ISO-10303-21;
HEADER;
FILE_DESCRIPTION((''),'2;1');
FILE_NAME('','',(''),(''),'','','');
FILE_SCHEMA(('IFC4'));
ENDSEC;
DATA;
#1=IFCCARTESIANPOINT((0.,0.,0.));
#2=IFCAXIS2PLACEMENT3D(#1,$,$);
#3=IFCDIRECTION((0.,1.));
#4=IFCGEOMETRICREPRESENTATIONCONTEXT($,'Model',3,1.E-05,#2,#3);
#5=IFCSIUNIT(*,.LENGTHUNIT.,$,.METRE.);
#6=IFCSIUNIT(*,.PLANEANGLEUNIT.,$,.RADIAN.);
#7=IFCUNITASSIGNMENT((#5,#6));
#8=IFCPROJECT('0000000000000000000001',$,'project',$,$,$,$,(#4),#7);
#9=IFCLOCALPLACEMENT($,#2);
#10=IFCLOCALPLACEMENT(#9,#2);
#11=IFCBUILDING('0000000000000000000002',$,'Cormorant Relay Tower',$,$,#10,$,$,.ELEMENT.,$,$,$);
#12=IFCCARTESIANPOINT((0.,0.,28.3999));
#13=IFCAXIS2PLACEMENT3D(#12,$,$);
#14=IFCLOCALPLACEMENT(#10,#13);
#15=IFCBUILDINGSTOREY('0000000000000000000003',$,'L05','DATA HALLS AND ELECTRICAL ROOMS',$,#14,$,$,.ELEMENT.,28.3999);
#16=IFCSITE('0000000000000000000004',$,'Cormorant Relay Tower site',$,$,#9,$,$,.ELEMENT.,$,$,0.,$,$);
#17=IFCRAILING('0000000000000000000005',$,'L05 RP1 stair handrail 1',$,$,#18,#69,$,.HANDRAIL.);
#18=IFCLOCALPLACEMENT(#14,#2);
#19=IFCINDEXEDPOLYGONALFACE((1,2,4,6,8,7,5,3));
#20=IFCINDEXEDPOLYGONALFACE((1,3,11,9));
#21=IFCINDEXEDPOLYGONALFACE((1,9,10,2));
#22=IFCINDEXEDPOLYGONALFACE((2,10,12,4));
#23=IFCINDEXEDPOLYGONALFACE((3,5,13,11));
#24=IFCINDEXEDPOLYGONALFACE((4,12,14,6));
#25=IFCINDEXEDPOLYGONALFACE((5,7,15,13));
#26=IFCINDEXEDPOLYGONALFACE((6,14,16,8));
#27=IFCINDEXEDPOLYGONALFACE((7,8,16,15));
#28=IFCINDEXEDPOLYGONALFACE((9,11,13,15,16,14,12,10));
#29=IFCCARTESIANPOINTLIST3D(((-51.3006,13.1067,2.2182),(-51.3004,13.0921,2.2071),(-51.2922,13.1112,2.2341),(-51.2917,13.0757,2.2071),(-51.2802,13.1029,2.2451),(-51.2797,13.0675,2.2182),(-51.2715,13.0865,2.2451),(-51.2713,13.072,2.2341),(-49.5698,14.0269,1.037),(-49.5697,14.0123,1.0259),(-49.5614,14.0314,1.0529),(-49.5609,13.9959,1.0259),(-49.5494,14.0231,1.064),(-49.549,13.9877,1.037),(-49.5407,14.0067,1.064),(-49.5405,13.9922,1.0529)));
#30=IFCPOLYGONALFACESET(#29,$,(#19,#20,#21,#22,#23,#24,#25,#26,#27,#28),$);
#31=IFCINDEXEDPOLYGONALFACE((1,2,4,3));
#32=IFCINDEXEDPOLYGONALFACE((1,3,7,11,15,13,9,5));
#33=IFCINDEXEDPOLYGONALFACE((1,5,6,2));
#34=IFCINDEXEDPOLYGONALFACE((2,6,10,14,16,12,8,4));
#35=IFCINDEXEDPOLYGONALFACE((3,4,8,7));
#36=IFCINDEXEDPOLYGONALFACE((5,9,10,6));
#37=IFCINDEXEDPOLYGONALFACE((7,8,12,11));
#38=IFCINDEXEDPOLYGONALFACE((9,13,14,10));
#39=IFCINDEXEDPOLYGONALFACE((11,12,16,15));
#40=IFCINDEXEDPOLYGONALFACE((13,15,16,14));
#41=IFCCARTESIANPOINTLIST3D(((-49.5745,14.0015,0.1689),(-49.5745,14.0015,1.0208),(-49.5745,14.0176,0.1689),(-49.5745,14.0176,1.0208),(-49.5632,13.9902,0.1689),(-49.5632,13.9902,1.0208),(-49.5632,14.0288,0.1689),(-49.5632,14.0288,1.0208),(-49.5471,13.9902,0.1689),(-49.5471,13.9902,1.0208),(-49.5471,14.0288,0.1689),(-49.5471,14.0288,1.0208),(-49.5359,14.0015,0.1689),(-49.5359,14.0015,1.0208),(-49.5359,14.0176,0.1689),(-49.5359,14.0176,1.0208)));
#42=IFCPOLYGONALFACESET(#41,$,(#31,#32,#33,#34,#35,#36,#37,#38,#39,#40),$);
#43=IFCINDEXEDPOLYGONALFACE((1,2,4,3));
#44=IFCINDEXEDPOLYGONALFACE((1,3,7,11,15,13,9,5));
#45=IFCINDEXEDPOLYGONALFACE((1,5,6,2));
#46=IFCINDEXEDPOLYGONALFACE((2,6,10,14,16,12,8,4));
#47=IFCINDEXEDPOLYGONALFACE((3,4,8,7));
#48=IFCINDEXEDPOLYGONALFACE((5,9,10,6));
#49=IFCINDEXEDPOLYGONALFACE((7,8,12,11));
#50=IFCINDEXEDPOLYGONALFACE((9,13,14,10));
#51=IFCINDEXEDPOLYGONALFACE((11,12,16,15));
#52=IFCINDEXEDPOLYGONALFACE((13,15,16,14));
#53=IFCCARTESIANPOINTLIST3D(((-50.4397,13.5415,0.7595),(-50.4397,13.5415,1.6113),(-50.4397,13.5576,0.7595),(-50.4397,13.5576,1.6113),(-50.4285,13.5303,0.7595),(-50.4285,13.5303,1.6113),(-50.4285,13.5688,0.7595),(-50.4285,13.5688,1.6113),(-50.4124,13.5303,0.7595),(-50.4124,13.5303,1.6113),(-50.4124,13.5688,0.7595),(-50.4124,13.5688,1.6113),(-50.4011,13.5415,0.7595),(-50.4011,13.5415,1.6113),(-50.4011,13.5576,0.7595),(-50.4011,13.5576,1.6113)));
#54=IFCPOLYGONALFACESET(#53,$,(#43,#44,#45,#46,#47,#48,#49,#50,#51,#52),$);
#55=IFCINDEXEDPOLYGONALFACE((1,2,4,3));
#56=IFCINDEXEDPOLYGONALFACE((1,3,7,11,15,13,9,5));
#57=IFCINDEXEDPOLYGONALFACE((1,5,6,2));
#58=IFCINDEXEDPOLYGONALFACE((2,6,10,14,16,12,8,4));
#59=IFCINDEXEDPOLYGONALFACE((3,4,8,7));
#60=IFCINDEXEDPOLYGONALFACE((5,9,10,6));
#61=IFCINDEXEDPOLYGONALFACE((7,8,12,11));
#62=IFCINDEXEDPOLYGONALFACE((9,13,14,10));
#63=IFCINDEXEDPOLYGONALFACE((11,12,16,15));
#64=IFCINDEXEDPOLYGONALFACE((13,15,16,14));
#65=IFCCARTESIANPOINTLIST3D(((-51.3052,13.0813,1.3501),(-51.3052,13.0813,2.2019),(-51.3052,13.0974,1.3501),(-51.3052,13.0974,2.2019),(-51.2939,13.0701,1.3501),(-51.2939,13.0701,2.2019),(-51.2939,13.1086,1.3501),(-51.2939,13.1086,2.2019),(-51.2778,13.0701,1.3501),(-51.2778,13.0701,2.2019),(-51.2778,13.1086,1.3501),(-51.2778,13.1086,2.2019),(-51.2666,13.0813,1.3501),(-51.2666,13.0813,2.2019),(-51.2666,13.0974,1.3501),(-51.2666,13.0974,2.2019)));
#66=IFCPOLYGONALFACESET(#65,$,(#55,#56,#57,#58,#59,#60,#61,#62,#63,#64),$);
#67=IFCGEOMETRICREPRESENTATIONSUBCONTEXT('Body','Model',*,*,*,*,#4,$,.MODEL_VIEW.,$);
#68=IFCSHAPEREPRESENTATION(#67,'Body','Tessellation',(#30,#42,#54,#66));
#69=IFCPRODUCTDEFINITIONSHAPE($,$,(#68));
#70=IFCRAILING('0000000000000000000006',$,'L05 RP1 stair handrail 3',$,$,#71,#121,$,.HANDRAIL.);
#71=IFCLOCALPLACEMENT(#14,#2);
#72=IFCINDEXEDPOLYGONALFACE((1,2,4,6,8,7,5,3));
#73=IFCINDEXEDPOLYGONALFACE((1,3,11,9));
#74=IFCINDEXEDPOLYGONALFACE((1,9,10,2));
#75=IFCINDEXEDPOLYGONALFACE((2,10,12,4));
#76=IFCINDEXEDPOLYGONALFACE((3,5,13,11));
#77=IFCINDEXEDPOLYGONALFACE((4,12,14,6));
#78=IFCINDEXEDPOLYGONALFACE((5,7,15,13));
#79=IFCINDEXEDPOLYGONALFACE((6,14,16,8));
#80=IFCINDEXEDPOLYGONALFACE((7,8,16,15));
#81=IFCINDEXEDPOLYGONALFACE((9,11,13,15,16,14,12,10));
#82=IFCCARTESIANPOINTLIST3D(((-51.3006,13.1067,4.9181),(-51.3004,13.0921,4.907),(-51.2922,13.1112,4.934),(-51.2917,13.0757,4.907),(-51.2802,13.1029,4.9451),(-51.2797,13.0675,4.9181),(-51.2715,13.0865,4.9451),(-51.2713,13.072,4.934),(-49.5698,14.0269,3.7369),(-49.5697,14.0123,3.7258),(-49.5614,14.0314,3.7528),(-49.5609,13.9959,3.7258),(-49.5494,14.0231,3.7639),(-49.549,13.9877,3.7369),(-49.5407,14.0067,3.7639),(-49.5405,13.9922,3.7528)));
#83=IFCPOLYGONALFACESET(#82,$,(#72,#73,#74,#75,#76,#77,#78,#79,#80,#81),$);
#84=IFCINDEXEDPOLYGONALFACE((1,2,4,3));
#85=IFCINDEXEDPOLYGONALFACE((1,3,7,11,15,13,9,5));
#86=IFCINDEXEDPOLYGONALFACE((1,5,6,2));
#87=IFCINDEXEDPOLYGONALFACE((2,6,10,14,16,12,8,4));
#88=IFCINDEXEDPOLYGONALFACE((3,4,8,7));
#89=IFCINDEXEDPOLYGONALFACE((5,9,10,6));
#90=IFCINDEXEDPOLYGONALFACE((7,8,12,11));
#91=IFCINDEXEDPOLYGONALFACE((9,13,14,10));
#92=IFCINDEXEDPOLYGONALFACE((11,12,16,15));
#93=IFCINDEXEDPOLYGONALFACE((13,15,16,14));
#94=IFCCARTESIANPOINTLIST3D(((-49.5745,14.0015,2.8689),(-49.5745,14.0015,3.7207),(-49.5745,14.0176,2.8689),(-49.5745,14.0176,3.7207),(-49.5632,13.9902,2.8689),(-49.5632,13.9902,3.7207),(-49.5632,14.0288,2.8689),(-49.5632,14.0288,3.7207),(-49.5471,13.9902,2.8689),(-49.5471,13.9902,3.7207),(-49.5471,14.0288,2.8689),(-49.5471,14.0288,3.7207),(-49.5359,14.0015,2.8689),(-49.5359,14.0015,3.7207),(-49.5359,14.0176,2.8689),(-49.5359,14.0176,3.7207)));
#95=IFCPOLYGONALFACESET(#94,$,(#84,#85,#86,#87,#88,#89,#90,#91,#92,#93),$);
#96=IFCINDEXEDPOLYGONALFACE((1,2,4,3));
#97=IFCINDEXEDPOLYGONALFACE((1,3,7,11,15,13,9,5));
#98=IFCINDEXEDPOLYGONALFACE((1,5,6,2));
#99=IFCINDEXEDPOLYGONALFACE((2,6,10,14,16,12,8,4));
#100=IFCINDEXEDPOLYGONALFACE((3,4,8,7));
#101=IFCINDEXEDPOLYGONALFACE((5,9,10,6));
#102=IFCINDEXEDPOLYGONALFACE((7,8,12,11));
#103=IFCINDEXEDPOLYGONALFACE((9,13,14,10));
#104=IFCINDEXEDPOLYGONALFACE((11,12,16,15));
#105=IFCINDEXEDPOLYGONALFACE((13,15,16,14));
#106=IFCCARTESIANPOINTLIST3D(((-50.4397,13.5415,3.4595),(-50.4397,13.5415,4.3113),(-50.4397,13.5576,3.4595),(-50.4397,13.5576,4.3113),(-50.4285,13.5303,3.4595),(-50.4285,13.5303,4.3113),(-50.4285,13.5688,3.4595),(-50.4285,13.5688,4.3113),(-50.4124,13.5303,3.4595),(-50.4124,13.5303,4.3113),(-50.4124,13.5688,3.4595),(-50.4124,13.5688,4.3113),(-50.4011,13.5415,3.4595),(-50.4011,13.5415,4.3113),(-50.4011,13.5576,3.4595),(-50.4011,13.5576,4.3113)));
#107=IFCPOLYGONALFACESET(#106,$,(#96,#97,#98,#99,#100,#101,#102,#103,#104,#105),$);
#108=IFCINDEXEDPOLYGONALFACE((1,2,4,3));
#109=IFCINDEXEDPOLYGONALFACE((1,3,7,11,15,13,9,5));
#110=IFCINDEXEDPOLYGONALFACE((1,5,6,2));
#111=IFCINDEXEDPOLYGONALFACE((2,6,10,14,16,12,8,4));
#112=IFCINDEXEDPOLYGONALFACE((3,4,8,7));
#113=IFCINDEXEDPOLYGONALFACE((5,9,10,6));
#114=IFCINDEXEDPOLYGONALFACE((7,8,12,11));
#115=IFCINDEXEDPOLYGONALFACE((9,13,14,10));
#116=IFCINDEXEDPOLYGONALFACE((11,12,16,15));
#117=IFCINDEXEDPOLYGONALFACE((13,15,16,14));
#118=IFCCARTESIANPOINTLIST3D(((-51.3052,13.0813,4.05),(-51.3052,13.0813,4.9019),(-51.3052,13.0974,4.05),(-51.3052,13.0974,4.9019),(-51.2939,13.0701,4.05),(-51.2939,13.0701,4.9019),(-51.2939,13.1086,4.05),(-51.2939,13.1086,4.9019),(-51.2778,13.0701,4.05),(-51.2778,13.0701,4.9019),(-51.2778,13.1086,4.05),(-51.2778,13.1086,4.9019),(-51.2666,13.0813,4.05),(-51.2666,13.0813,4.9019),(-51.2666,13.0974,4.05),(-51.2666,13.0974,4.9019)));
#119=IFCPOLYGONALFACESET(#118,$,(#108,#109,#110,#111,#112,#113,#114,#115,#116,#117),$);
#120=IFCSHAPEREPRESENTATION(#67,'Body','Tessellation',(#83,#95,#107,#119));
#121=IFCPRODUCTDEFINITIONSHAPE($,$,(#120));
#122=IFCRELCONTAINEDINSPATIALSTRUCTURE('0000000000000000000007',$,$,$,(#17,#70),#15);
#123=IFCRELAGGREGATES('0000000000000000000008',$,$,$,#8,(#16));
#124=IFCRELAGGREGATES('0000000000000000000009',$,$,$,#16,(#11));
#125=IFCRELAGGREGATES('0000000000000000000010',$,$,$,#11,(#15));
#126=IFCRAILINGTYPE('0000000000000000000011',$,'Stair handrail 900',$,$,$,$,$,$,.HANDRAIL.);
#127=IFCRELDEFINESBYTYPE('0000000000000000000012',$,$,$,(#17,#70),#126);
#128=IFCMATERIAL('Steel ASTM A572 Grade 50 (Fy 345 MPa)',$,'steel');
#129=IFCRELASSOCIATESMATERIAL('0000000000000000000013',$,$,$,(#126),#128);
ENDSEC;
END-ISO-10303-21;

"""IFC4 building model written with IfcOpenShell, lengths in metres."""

from ifc_helpers import new_model, si_unit, direction, frame, origin, place, context, subcontext, project, spatial, polyline, outline, extrude, material, type_object, element, save


model = new_model("IFC4")

# Units and contexts
model_context = context("Model", 3, precision=1e-05, world=origin(), true_north=direction((0.0, 1.0)))
body_context = subcontext(model_context, "Body", "Model", "MODEL_VIEW")
ifc_project = project(units=[si_unit("LENGTHUNIT", "METRE"), si_unit("PLANEANGLEUNIT", "RADIAN")], contexts=[model_context])

# Site, building, storey
site_placement = place(None, origin())
site = spatial("IfcSite", under=ifc_project, at=site_placement, Name="Cormorant Relay Tower site", CompositionType="ELEMENT", RefElevation=0.0)
building_placement = place(site_placement, origin())
building = spatial("IfcBuilding", under=site, at=building_placement, Name="Cormorant Relay Tower", CompositionType="ELEMENT")
storey_placement = place(building_placement, frame((0.0, 0.0, 28.3999)))
storey = spatial("IfcBuildingStorey", under=building, at=storey_placement, Name="L05", Description="DATA HALLS AND ELECTRICAL ROOMS", CompositionType="ELEMENT", Elevation=28.3999)

# Railings
ifc_material_1 = material(Name="Steel ASTM A572 Grade 50 (Fy 345 MPa)", Category="steel")
railing_type_1 = type_object("IfcRailingType", Name="Stair handrail 900", PredefinedType="HANDRAIL", material=ifc_material_1)
for number, where, name in (
    (1, (-49.5552, 14.0095, 0.1689), "L05 RP1 stair handrail 1"),
    (2, (-49.5552, 14.0095, 2.8689), "L05 RP1 stair handrail 3"),
):
    element("IfcRailing", number, at=place(storey_placement, frame(where)), inside=storey, type_object=railing_type_1, Name=name, PredefinedType="HANDRAIL", context=body_context, shape_type="SweptSolid", body=[
        extrude(outline(polyline([(0.0222, 0.0093), (0.0093, 0.0222), (-0.0093, 0.0222), (-0.0222, 0.0093), (-0.0222, -0.0093), (-0.0093, -0.0222), (0.0093, -0.0222), (0.0222, -0.0093), (0.0222, 0.0093)])), frame((0.0, 0.0, 0.876), z_axis=(-0.756268, -0.402084, 0.516127), x_axis=(0.469444, -0.882962, 0.0)), (0.0, 0.0, 1.0), 2.2886),
        extrude(outline(polyline([(0.0193, 0.0081), (0.0081, 0.0193), (-0.0081, 0.0193), (-0.0193, 0.0081), (-0.0193, -0.0081), (-0.0081, -0.0193), (0.0081, -0.0193), (0.0193, -0.0081), (0.0193, 0.0081)])), origin(), (0.0, 0.0, 1.0), 0.8518),
        extrude(outline(polyline([(0.0193, 0.0081), (0.0081, 0.0193), (-0.0081, 0.0193), (-0.0193, 0.0081), (-0.0193, -0.0081), (-0.0081, -0.0193), (0.0081, -0.0193), (0.0193, -0.0081), (0.0193, 0.0081)])), frame((-0.8652, -0.46, 0.5906)), (0.0, 0.0, 1.0), 0.8518),
        extrude(outline(polyline([(0.0193, 0.0081), (0.0081, 0.0193), (-0.0081, 0.0193), (-0.0193, 0.0081), (-0.0193, -0.0081), (-0.0081, -0.0193), (0.0081, -0.0193), (0.0193, -0.0081), (0.0193, 0.0081)])), frame((-1.7307, -0.9202, 1.1812)), (0.0, 0.0, 1.0), 0.8518),
    ])

save(model, "model.ifc")
